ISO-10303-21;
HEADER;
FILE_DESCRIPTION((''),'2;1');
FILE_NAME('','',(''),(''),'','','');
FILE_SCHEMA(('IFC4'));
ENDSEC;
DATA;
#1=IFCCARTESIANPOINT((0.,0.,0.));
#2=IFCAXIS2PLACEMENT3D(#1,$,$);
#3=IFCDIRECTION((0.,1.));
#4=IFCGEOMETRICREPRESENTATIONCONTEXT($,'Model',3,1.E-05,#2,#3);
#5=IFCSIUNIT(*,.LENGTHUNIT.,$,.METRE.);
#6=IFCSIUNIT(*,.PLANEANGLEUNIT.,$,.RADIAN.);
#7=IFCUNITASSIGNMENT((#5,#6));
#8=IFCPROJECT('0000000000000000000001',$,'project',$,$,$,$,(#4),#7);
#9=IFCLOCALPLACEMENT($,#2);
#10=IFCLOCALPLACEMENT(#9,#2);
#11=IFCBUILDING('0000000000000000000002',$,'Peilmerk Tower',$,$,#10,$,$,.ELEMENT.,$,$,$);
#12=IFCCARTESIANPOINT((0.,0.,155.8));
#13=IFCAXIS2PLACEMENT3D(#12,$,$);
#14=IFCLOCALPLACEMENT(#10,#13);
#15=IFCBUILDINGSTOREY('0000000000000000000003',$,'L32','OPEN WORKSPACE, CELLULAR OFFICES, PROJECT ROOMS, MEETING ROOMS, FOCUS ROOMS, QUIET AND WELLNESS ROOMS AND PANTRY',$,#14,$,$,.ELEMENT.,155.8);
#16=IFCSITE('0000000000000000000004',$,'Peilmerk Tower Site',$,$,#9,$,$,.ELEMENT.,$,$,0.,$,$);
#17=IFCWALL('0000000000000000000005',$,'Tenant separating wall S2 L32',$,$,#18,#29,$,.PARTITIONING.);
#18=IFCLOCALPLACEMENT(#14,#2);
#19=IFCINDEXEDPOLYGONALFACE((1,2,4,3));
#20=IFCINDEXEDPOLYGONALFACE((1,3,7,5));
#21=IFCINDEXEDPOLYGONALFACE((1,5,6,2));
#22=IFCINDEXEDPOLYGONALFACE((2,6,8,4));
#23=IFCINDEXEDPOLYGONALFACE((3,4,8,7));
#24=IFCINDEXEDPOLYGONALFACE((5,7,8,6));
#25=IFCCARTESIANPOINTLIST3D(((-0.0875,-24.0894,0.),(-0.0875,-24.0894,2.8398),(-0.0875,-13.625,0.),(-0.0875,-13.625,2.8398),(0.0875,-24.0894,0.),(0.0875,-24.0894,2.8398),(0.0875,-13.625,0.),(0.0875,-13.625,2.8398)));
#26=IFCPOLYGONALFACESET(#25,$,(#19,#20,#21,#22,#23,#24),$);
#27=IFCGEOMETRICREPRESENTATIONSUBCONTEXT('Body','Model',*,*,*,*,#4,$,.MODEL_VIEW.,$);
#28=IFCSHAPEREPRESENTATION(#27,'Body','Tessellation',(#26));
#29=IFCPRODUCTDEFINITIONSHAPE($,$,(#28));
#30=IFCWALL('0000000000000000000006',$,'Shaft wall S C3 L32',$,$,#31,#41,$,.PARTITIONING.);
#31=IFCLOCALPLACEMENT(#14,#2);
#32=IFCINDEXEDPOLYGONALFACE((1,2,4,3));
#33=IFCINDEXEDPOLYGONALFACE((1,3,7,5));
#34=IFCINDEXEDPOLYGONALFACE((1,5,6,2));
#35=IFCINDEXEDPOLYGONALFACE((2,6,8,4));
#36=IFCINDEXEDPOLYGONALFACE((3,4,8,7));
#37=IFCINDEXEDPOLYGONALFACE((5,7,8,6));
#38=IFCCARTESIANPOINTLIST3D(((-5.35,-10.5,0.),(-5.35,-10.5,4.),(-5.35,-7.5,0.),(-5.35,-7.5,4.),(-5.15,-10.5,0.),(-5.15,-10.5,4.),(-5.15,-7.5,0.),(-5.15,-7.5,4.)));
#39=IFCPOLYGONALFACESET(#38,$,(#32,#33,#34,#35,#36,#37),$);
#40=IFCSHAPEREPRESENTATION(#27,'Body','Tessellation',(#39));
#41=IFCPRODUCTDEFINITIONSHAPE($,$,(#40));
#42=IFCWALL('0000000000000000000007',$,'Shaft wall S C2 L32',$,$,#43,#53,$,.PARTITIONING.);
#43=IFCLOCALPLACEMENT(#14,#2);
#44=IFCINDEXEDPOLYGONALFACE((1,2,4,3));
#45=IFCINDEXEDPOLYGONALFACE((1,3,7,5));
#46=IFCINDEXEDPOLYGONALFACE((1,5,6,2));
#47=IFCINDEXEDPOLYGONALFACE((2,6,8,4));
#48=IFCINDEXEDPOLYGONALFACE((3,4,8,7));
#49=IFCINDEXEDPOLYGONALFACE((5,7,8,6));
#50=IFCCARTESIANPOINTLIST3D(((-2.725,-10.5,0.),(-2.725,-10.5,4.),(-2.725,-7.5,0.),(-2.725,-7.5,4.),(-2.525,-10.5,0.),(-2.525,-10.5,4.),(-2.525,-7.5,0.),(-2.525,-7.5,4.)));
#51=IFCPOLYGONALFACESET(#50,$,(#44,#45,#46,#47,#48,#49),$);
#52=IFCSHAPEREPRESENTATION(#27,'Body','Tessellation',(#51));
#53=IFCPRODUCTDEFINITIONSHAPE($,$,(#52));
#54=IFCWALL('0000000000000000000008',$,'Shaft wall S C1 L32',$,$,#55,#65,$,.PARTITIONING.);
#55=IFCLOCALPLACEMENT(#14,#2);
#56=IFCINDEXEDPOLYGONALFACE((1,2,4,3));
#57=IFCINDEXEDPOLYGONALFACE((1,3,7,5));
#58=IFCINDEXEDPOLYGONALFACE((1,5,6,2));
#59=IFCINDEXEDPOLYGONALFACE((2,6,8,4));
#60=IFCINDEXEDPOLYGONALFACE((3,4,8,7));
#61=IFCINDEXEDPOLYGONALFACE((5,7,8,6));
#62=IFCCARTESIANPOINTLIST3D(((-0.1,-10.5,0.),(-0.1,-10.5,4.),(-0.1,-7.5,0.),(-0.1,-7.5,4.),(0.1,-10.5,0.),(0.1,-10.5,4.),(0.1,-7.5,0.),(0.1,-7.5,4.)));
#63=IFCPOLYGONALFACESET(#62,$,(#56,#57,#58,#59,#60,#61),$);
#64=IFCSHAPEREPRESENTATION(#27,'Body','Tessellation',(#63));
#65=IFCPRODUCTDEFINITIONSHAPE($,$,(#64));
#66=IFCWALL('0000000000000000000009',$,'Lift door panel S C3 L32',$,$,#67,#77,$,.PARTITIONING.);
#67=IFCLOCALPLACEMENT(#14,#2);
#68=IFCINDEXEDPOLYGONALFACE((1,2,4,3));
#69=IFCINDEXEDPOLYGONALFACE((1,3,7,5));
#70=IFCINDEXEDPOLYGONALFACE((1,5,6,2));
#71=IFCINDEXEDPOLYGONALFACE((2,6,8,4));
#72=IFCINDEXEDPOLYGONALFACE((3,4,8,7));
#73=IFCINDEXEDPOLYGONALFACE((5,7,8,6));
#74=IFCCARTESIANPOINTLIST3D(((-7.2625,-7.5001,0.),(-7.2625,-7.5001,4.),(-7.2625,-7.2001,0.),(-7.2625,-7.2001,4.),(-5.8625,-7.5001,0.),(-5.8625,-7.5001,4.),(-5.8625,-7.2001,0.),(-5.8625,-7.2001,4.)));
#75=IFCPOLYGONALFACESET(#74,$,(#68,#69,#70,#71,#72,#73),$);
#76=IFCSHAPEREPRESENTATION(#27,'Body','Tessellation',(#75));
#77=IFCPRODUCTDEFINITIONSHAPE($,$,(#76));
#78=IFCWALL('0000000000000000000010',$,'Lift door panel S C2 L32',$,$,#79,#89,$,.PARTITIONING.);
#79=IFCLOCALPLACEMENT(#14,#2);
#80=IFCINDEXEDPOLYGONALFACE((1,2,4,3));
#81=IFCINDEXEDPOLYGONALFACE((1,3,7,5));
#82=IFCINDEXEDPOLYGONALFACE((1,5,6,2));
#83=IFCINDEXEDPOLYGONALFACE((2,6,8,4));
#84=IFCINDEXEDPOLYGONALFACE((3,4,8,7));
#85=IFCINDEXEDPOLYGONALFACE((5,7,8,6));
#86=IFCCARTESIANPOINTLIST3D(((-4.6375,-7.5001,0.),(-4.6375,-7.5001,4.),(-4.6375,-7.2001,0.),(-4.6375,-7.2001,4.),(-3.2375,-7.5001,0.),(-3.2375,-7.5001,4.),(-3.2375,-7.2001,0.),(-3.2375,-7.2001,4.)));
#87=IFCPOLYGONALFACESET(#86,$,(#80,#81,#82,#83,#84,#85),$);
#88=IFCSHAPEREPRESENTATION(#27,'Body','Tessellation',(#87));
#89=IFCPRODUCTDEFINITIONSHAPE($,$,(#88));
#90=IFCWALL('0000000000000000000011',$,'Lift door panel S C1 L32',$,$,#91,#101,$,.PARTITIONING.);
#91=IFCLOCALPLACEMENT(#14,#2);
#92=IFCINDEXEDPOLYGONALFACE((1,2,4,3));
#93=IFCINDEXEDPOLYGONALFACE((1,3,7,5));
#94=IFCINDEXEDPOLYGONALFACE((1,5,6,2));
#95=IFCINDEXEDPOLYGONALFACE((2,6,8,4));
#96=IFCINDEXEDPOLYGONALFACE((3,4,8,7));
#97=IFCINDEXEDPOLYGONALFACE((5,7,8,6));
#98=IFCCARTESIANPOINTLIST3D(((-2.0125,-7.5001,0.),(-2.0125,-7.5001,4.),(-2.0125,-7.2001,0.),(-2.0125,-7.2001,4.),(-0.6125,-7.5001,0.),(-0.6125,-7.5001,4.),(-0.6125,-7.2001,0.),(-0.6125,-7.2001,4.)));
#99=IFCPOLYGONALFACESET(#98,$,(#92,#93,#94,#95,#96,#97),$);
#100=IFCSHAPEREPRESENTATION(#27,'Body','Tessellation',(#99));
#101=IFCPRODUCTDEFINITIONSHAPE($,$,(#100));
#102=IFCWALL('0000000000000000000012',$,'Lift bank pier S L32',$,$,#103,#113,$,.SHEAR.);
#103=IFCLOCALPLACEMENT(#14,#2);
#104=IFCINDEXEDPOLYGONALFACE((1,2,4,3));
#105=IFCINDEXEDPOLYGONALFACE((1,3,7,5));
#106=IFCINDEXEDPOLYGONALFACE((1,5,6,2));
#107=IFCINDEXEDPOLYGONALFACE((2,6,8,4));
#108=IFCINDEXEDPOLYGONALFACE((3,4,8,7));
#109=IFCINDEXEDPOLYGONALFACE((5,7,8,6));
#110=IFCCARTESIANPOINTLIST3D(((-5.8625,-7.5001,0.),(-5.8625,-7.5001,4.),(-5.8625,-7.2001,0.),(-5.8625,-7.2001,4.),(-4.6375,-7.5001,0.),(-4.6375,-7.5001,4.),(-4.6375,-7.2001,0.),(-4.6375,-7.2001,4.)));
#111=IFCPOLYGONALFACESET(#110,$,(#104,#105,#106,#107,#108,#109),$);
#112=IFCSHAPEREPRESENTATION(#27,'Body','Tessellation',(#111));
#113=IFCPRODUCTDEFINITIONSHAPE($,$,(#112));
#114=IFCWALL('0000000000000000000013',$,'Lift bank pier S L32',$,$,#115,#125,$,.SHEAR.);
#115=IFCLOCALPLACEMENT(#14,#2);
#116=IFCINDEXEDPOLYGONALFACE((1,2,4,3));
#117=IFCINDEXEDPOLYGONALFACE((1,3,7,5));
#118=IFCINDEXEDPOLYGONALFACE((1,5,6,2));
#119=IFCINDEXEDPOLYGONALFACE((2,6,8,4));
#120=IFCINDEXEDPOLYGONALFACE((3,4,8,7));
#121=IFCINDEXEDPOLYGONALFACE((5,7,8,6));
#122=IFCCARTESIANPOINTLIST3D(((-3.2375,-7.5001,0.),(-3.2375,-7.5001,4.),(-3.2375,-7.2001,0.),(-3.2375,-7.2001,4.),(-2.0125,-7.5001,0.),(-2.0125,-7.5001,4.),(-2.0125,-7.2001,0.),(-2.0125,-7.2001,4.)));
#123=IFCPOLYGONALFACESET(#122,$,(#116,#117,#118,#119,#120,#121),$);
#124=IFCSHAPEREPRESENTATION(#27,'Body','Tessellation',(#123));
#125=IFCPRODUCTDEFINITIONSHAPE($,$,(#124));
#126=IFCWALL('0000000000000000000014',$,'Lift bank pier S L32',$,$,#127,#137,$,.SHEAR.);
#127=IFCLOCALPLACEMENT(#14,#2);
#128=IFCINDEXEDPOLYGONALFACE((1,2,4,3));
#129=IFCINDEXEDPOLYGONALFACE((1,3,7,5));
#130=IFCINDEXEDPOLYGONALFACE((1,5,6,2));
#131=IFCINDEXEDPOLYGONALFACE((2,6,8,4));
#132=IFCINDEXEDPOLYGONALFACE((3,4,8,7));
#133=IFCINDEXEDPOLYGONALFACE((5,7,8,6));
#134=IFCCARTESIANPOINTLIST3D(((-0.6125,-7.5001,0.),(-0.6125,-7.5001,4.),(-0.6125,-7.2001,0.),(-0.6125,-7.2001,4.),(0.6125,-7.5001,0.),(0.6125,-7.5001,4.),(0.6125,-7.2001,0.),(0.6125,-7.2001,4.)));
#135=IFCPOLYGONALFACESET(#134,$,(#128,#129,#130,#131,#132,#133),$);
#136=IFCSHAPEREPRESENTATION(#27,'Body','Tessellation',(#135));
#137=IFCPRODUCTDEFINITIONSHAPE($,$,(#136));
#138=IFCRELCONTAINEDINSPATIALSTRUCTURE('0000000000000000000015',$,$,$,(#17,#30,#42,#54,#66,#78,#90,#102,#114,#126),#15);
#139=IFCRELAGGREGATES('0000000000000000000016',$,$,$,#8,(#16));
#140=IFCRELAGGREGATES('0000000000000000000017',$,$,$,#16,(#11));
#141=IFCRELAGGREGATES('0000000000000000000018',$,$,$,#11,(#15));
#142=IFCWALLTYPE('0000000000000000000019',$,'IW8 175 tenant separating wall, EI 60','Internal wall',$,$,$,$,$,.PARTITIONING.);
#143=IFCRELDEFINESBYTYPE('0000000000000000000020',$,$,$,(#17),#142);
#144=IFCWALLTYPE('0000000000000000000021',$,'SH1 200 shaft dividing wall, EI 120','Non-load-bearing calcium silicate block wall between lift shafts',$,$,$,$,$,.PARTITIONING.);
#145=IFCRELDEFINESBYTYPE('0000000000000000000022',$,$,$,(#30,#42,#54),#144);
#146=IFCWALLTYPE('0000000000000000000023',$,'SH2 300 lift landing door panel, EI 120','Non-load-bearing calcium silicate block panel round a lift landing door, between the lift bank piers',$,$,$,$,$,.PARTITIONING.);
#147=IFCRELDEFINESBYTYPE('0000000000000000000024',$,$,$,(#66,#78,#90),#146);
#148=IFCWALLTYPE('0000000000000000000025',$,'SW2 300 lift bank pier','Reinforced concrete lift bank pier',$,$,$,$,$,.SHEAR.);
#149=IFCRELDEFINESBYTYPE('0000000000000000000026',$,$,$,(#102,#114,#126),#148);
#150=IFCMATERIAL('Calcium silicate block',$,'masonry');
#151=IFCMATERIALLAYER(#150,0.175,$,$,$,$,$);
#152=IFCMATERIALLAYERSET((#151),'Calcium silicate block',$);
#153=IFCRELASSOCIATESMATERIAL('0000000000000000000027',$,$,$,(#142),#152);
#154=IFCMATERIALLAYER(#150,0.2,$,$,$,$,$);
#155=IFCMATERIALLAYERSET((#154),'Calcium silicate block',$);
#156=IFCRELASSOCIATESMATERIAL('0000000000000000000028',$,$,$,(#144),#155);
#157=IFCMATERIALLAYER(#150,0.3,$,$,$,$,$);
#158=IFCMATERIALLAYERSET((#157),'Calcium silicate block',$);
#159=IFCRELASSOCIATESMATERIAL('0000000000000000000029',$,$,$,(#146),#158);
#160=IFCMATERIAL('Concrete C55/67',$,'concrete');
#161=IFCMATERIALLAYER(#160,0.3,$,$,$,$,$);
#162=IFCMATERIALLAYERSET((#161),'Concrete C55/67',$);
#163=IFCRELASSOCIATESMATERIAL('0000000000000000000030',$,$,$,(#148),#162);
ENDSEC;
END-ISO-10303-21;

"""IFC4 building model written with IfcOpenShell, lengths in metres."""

from ifc_helpers import new_model, si_unit, direction, frame, frame_2d, origin, place, context, subcontext, project, spatial, rectangle, extrude, material, layer, layer_set, type_object, element, save


model = new_model("IFC4")

# Units and contexts
model_context = context("Model", 3, precision=1e-05, world=origin(), true_north=direction((0.0, 1.0)))
body_context = subcontext(model_context, "Body", "Model", "MODEL_VIEW")
ifc_project = project(units=[si_unit("LENGTHUNIT", "METRE"), si_unit("PLANEANGLEUNIT", "RADIAN")], contexts=[model_context])

# Site, building, storey
site_placement = place(None, origin())
site = spatial("IfcSite", under=ifc_project, at=site_placement, Name="Peilmerk Tower Site", CompositionType="ELEMENT", RefElevation=0.0)
building_placement = place(site_placement, origin())
building = spatial("IfcBuilding", under=site, at=building_placement, Name="Peilmerk Tower", CompositionType="ELEMENT")
storey_placement = place(building_placement, frame((0.0, 0.0, 155.8)))
storey = spatial("IfcBuildingStorey", under=building, at=storey_placement, Name="L32", Description="OPEN WORKSPACE, CELLULAR OFFICES, PROJECT ROOMS, MEETING ROOMS, FOCUS ROOMS, QUIET AND WELLNESS ROOMS AND PANTRY", CompositionType="ELEMENT", Elevation=155.8)

# Walls
ifc_material_1 = material(Name="Calcium silicate block", Category="masonry")
ifc_layer_1 = layer(ifc_material_1, 0.175)
ifc_layer_set_1 = layer_set([ifc_layer_1], Name="Calcium silicate block")
wall_type_1 = type_object("IfcWallType", Name="IW8 175 tenant separating wall, EI 60", Description="Internal wall", PredefinedType="PARTITIONING", material=ifc_layer_set_1)
wall_1_placement = place(storey_placement, frame((0.0, -13.625, 0.0), z_axis=(0.0, 0.0, 1.0), x_axis=(0.0, -1.0, 0.0)))
element("IfcWall", 1, at=wall_1_placement, inside=storey, type_object=wall_type_1, Name="Tenant separating wall S2 L32", PredefinedType="PARTITIONING", context=body_context, shape_type="SweptSolid", body=[
    extrude(rectangle(XDim=10.4644, YDim=0.175, at=frame_2d((5.2322, 0.0))), origin(), (0.0, 0.0, 1.0), 2.8398),
])
ifc_layer_2 = layer(ifc_material_1, 0.2)
ifc_layer_set_2 = layer_set([ifc_layer_2], Name="Calcium silicate block")
wall_type_2 = type_object("IfcWallType", Name="SH1 200 shaft dividing wall, EI 120", Description="Non-load-bearing calcium silicate block wall between lift shafts", PredefinedType="PARTITIONING", material=ifc_layer_set_2)
for number, where, z_axis, x_axis, name in (
    (2, (-5.25, -10.5, 0.0), (0.0, 0.0, 1.0), (0.0, 1.0, 0.0), "Shaft wall S C3 L32"),
    (3, (-2.625, -10.5, 0.0), (0.0, 0.0, 1.0), (0.0, 1.0, 0.0), "Shaft wall S C2 L32"),
    (4, (0.0, -10.5, 0.0), (0.0, 0.0, 1.0), (0.0, 1.0, 0.0), "Shaft wall S C1 L32"),
):
    element("IfcWall", number, at=place(storey_placement, frame(where, z_axis=z_axis, x_axis=x_axis)), inside=storey, type_object=wall_type_2, Name=name, PredefinedType="PARTITIONING", context=body_context, shape_type="SweptSolid", body=[
        extrude(rectangle(XDim=3.0, YDim=0.2, at=frame_2d((1.5, 0.0))), origin(), (0.0, 0.0, 1.0), 4.0),
    ])
ifc_layer_3 = layer(ifc_material_1, 0.3)
ifc_layer_set_3 = layer_set([ifc_layer_3], Name="Calcium silicate block")
wall_type_3 = type_object("IfcWallType", Name="SH2 300 lift landing door panel, EI 120", Description="Non-load-bearing calcium silicate block panel round a lift landing door, between the lift bank piers", PredefinedType="PARTITIONING", material=ifc_layer_set_3)
for number, where, z_axis, x_axis, name in (
    (5, (-7.2625, -7.3501, 0.0), (0.0, 0.0, 1.0), (1.0, 0.0, 0.0), "Lift door panel S C3 L32"),
    (6, (-4.6375, -7.3501, 0.0), (0.0, 0.0, 1.0), (1.0, 0.0, 0.0), "Lift door panel S C2 L32"),
    (7, (-2.0125, -7.3501, 0.0), (0.0, 0.0, 1.0), (1.0, 0.0, 0.0), "Lift door panel S C1 L32"),
):
    element("IfcWall", number, at=place(storey_placement, frame(where, z_axis=z_axis, x_axis=x_axis)), inside=storey, type_object=wall_type_3, Name=name, PredefinedType="PARTITIONING", context=body_context, shape_type="SweptSolid", body=[
        extrude(rectangle(XDim=1.3999, YDim=0.3, at=frame_2d((0.7, 0.0))), origin(), (0.0, 0.0, 1.0), 4.0),
    ])
ifc_material_2 = material(Name="Concrete C55/67", Category="concrete")
ifc_layer_4 = layer(ifc_material_2, 0.3)
ifc_layer_set_4 = layer_set([ifc_layer_4], Name="Concrete C55/67")
wall_type_4 = type_object("IfcWallType", Name="SW2 300 lift bank pier", Description="Reinforced concrete lift bank pier", PredefinedType="SHEAR", material=ifc_layer_set_4)
for number, where, z_axis, x_axis, name in (
    (8, (-5.8625, -7.3501, 0.0), (0.0, 0.0, 1.0), (1.0, 0.0, 0.0), "Lift bank pier S L32"),
    (9, (-3.2375, -7.3501, 0.0), (0.0, 0.0, 1.0), (1.0, 0.0, 0.0), "Lift bank pier S L32"),
    (10, (-0.6125, -7.3501, 0.0), (0.0, 0.0, 1.0), (1.0, 0.0, 0.0), "Lift bank pier S L32"),
):
    element("IfcWall", number, at=place(storey_placement, frame(where, z_axis=z_axis, x_axis=x_axis)), inside=storey, type_object=wall_type_4, Name=name, PredefinedType="SHEAR", context=body_context, shape_type="SweptSolid", body=[
        extrude(rectangle(XDim=1.2251, YDim=0.3, at=frame_2d((0.6125, 0.0))), origin(), (0.0, 0.0, 1.0), 4.0),
    ])

save(model, "model.ifc")
